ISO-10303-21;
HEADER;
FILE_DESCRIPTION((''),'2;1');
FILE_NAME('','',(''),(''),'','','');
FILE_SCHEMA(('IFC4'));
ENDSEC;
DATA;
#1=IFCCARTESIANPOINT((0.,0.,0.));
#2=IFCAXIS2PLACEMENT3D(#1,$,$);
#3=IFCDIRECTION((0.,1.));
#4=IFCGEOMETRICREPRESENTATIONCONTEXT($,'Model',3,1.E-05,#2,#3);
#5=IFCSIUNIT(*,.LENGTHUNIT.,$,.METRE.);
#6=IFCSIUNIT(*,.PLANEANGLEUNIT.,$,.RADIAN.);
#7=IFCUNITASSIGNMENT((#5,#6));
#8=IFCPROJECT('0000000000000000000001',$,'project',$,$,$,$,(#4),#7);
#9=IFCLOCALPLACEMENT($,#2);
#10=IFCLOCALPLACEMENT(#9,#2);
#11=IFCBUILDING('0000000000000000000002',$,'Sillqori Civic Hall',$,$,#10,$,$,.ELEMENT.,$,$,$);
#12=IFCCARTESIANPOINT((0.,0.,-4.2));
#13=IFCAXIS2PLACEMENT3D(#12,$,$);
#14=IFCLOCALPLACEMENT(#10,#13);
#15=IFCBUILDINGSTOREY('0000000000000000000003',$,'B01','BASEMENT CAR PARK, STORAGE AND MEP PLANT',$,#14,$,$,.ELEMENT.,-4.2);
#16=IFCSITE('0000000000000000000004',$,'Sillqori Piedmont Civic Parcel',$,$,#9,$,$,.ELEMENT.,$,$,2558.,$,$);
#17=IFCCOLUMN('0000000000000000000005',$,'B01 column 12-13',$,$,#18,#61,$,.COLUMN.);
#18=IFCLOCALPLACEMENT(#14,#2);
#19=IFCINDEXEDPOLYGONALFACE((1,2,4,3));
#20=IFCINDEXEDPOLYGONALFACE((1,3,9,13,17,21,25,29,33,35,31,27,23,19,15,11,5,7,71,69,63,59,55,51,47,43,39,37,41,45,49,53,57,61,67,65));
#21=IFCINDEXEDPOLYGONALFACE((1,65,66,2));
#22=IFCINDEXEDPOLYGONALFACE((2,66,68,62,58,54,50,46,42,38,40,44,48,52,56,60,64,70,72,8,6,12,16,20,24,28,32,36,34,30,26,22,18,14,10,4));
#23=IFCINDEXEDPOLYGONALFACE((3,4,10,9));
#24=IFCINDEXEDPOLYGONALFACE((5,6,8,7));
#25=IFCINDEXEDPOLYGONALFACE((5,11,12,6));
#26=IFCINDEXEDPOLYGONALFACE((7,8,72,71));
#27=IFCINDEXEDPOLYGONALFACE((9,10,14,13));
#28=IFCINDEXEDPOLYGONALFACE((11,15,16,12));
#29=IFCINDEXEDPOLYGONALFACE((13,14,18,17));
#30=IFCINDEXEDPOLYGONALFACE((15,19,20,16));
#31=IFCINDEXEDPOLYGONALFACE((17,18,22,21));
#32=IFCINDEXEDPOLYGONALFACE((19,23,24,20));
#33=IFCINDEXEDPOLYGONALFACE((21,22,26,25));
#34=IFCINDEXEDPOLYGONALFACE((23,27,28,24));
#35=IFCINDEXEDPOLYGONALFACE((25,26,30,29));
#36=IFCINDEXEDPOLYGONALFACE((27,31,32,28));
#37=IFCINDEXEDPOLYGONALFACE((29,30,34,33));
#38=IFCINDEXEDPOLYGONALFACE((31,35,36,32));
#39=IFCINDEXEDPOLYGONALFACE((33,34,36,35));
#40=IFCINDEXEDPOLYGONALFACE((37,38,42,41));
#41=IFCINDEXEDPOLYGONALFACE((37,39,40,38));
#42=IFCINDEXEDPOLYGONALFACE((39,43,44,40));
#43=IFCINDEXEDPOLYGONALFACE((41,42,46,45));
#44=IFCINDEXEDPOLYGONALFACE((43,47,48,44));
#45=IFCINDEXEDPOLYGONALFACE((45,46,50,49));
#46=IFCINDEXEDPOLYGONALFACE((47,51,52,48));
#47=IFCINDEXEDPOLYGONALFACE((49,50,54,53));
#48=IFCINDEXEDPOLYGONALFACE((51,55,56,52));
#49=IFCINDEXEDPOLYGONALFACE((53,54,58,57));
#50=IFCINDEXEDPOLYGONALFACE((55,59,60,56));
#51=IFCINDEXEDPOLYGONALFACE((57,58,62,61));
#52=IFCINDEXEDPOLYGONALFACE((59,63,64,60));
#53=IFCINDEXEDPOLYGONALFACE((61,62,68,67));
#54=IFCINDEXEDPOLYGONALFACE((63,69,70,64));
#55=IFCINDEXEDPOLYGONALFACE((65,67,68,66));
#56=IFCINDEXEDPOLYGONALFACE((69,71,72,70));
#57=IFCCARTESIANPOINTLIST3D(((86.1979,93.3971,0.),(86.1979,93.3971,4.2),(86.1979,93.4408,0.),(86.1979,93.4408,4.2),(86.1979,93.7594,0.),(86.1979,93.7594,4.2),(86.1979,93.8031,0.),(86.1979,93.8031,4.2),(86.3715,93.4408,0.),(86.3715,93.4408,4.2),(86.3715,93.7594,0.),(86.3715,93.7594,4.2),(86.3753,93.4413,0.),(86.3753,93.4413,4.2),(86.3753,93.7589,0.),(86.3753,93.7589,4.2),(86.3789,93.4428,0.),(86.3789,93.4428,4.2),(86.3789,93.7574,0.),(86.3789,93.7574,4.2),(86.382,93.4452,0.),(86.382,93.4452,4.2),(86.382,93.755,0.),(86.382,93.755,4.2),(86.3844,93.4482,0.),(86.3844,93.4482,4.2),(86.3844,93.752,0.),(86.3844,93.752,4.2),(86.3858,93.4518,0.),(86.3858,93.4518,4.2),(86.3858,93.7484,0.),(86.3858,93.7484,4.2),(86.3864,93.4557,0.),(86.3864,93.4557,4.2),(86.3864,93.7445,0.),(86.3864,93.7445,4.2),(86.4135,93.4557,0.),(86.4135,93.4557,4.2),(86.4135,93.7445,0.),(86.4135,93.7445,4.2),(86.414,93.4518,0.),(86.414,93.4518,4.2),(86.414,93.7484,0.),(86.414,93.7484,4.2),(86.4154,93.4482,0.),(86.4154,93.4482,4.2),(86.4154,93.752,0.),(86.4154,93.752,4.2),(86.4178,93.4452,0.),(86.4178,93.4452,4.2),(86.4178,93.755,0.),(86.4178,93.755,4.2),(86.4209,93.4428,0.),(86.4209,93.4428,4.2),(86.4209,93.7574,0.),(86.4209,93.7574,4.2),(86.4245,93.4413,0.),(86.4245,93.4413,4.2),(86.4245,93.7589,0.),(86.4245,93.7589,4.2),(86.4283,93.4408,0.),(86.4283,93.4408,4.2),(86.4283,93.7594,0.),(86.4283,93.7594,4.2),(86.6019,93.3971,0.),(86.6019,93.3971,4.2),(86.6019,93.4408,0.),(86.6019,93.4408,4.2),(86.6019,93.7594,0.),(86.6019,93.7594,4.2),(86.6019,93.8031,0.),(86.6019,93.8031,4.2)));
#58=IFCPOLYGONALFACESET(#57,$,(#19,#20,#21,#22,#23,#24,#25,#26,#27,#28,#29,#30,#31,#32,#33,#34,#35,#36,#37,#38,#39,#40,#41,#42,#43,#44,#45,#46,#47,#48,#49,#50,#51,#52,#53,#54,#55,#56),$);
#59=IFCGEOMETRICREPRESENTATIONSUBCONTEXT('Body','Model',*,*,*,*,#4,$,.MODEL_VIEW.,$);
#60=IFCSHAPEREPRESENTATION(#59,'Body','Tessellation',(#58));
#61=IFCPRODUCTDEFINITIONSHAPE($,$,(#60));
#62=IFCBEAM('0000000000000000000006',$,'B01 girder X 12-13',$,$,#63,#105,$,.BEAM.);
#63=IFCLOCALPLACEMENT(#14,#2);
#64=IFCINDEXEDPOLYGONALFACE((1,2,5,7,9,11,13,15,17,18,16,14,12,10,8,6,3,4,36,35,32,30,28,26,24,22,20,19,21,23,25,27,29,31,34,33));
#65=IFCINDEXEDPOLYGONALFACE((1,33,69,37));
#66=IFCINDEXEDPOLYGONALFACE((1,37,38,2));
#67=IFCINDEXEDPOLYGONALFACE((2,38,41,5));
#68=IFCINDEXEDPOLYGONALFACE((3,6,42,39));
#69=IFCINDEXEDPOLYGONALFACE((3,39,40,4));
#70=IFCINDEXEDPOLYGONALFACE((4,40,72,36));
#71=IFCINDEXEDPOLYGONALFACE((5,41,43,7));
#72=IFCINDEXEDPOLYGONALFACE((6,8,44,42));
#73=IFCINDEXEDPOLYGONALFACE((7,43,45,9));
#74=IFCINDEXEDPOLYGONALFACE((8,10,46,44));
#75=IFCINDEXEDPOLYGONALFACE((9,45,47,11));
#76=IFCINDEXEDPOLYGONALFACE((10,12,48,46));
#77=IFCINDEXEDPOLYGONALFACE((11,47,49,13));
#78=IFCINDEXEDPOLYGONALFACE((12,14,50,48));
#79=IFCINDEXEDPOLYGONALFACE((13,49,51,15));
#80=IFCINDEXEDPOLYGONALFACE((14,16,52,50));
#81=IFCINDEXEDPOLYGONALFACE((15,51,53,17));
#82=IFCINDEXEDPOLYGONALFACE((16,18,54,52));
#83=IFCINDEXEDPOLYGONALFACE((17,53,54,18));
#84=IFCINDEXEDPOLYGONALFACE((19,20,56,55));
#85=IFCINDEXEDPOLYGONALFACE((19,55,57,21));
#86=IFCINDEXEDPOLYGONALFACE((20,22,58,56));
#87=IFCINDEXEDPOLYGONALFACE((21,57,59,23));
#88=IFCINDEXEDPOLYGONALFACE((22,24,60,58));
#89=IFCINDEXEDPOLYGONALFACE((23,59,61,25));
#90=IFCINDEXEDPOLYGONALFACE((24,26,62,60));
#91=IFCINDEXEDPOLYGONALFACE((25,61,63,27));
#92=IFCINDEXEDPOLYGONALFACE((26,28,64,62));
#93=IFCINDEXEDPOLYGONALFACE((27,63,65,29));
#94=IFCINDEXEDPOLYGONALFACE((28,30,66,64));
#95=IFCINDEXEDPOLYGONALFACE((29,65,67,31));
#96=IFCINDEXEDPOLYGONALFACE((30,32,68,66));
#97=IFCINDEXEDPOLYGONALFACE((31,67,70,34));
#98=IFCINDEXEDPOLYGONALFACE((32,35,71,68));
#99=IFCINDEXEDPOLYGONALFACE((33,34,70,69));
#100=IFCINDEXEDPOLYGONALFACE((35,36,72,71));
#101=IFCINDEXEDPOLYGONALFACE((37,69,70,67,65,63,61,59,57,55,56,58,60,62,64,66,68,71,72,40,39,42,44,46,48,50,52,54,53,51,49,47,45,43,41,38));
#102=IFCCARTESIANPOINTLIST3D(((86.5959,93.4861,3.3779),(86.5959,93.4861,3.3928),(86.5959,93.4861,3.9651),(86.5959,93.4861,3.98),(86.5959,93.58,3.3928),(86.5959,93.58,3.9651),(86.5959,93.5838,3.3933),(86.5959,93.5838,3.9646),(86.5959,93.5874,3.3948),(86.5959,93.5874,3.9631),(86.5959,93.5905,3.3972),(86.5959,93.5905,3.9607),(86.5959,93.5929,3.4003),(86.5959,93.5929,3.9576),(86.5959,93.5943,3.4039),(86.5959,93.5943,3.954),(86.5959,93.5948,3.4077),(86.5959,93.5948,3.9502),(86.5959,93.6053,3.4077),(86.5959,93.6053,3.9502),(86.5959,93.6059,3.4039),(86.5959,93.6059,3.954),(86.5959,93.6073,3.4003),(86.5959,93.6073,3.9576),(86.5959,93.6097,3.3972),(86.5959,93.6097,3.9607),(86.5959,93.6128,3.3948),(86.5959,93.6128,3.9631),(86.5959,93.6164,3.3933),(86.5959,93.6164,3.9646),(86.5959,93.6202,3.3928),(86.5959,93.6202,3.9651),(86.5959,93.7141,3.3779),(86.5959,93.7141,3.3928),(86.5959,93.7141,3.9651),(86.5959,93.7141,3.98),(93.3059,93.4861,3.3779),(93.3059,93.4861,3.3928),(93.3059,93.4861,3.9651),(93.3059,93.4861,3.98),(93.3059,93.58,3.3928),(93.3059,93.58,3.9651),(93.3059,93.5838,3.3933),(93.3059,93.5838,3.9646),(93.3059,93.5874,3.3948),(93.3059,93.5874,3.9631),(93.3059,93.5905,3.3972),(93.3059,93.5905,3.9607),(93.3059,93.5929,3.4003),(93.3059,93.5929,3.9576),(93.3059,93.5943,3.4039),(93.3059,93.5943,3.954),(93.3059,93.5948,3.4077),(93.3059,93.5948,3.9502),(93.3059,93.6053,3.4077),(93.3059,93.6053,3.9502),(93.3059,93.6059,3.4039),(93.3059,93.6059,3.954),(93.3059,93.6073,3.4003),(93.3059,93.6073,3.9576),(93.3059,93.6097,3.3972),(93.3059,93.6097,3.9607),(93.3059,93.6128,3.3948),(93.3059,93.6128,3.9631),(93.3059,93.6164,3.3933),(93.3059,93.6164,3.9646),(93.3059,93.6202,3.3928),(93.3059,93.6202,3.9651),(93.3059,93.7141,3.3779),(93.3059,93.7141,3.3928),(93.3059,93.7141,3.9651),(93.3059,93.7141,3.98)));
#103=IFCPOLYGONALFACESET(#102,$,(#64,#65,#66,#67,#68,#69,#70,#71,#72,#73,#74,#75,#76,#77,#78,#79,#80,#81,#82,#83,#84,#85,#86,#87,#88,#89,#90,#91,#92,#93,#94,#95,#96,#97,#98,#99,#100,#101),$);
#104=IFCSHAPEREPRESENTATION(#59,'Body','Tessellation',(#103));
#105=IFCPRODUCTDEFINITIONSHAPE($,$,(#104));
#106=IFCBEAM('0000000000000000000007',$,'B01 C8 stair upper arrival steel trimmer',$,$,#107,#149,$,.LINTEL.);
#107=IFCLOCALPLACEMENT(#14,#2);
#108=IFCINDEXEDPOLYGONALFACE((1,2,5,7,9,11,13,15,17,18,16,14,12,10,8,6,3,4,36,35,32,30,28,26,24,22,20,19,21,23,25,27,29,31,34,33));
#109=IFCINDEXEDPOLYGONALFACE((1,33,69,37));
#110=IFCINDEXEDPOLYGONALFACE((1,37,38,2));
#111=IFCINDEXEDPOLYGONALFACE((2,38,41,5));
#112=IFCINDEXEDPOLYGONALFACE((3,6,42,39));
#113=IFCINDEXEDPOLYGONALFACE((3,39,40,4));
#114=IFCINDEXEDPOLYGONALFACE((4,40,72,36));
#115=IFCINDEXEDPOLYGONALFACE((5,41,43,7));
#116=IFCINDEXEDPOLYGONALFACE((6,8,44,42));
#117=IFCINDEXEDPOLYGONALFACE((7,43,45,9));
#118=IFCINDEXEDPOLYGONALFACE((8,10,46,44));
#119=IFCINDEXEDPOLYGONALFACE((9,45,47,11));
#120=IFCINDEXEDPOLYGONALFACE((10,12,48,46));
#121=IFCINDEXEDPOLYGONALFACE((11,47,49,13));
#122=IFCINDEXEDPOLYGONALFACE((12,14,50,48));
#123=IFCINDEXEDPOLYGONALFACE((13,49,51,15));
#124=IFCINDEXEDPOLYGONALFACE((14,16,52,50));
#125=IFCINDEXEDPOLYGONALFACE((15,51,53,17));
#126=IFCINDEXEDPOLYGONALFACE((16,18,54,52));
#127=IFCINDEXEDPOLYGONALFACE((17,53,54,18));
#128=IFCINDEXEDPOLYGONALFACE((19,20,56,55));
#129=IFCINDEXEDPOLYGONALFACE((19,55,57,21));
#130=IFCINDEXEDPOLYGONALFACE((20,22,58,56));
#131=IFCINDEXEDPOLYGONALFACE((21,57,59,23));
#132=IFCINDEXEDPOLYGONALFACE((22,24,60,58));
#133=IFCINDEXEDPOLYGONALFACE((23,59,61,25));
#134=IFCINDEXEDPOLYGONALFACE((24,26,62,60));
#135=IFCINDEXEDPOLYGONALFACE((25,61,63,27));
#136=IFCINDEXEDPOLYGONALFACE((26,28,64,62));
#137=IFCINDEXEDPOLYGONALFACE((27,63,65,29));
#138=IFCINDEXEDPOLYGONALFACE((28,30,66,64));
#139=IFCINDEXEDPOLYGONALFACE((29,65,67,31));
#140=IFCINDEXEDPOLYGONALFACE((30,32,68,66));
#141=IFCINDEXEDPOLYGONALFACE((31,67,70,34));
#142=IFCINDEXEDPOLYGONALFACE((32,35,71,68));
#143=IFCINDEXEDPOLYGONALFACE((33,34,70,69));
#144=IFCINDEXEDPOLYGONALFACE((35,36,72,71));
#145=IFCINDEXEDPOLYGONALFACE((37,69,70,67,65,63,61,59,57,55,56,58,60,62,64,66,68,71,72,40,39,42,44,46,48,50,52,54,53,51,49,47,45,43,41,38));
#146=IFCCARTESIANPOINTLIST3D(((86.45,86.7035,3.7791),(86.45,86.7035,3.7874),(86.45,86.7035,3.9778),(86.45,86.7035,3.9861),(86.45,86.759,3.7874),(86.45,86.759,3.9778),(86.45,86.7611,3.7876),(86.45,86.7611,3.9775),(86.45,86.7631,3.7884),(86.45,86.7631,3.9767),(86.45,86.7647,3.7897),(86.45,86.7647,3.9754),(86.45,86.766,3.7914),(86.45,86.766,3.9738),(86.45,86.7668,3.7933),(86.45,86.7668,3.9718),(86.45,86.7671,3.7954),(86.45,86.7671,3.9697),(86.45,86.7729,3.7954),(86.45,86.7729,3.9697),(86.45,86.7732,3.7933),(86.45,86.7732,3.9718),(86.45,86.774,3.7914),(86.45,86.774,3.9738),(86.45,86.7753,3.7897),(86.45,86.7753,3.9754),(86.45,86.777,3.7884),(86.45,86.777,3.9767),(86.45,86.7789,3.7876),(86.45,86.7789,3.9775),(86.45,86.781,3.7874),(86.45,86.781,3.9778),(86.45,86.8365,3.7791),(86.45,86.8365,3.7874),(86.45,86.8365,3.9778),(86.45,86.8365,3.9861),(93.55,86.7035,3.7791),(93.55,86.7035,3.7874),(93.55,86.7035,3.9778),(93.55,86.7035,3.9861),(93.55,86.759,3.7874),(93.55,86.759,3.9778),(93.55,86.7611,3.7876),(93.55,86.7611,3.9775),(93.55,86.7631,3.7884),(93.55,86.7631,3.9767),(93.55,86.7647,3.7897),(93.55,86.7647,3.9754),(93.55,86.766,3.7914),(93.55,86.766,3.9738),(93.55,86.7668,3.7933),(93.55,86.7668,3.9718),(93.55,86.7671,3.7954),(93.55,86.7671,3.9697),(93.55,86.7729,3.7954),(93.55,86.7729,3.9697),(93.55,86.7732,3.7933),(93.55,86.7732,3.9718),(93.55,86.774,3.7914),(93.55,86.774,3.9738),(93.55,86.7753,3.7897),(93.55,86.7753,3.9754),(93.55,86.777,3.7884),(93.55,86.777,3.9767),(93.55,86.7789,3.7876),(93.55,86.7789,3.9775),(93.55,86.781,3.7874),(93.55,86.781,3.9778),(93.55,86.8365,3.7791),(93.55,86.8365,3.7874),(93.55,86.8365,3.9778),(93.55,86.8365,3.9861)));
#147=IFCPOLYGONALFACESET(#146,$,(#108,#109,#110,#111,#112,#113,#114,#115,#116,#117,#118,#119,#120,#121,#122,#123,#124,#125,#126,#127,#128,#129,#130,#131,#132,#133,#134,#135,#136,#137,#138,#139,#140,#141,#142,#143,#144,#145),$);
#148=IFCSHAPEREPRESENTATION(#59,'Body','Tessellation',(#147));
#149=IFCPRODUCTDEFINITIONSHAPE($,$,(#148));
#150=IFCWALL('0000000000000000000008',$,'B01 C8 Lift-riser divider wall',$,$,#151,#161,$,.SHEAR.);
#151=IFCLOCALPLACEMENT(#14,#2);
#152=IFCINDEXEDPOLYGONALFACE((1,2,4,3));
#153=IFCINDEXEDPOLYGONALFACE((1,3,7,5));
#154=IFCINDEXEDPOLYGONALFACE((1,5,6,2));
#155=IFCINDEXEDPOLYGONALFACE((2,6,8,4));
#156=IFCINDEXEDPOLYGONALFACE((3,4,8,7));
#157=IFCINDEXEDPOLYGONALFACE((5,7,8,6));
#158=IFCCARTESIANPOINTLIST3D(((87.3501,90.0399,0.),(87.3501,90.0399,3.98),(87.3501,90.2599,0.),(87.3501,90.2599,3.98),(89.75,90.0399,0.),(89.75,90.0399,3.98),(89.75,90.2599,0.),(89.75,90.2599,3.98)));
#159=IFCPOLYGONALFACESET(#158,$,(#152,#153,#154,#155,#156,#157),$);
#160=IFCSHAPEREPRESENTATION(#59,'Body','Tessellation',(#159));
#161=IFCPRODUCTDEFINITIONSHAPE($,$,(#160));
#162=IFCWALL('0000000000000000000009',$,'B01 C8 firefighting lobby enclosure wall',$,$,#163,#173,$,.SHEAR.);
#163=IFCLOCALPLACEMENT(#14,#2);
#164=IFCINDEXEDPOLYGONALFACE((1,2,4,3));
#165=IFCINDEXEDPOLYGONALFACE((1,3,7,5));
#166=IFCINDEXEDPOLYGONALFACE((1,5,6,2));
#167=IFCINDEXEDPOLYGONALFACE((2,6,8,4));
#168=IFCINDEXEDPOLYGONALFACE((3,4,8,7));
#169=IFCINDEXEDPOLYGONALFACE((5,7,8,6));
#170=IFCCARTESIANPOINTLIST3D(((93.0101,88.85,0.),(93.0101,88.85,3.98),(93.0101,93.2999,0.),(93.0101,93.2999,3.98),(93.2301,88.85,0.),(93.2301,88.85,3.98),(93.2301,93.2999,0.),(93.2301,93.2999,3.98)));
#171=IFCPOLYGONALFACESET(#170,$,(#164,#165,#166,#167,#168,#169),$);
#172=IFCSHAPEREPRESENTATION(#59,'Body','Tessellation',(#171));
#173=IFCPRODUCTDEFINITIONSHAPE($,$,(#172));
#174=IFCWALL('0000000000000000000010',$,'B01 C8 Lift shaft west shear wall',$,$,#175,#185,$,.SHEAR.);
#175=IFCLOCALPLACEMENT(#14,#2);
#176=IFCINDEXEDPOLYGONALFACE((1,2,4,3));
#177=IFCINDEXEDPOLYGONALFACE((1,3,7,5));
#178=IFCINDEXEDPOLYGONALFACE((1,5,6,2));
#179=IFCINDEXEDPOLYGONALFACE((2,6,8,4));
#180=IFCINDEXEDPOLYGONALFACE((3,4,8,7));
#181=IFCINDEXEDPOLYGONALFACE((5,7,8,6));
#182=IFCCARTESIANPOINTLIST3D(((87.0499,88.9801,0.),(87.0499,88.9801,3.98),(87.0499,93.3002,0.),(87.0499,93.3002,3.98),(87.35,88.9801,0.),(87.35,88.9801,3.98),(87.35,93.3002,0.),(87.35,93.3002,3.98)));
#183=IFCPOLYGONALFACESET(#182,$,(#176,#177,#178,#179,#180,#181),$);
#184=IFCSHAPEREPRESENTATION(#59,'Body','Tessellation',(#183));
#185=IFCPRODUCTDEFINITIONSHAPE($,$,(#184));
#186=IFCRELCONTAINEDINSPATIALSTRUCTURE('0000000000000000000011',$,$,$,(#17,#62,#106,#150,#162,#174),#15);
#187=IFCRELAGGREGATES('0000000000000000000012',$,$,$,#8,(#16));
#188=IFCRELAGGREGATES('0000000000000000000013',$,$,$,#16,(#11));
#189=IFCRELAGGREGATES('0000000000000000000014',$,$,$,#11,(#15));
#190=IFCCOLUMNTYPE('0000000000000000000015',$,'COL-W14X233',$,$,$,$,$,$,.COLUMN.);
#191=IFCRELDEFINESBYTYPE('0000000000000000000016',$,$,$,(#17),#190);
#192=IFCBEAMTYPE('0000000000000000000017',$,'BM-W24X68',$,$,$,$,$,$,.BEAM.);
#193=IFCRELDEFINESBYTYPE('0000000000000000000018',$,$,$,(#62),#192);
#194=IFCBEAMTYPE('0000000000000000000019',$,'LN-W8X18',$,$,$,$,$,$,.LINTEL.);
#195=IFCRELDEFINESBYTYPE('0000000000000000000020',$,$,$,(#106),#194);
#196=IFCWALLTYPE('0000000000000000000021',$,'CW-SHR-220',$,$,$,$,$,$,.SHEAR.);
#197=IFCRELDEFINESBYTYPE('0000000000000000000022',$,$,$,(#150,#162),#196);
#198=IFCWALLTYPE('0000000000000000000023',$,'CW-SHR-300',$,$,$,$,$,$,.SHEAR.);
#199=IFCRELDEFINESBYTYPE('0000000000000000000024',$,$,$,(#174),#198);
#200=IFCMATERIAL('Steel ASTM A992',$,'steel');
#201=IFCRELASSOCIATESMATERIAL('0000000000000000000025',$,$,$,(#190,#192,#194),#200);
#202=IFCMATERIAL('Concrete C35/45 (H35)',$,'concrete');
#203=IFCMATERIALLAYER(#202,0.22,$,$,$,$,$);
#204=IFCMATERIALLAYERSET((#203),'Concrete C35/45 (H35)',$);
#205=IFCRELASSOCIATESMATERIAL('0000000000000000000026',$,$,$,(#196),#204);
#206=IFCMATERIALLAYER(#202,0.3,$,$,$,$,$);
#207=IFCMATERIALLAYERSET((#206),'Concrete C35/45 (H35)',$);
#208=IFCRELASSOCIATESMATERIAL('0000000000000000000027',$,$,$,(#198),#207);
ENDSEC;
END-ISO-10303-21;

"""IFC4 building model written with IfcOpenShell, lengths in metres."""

from ifc_helpers import new_model, si_unit, direction, frame, frame_2d, origin, origin_2d, place, context, subcontext, project, spatial, rectangle, i_section, extrude, material, layer, layer_set, material_profile, profile_set, type_object, element, save


model = new_model("IFC4")

# Units and contexts
model_context = context("Model", 3, precision=1e-05, world=origin(), true_north=direction((0.0, 1.0)))
body_context = subcontext(model_context, "Body", "Model", "MODEL_VIEW")
ifc_project = project(units=[si_unit("LENGTHUNIT", "METRE"), si_unit("PLANEANGLEUNIT", "RADIAN")], contexts=[model_context])

# Site, building, storey
site_placement = place(None, origin())
site = spatial("IfcSite", under=ifc_project, at=site_placement, Name="Sillqori Piedmont Civic Parcel", CompositionType="ELEMENT", RefElevation=2558.0)
building_placement = place(site_placement, origin())
building = spatial("IfcBuilding", under=site, at=building_placement, Name="Sillqori Civic Hall", CompositionType="ELEMENT")
storey_placement = place(building_placement, frame((0.0, 0.0, -4.2)))
storey = spatial("IfcBuildingStorey", under=building, at=storey_placement, Name="B01", Description="BASEMENT CAR PARK, STORAGE AND MEP PLANT", CompositionType="ELEMENT", Elevation=-4.2)

# Shared definitions
ifc_material_1 = material(Name="Concrete C35/45 (H35)", Category="concrete")

# Column
ifc_material_2 = material(Name="Steel ASTM A992", Category="steel")
ifc_material_profile_1 = material_profile(ifc_material_2, i_section(OverallWidth=0.4041, OverallDepth=0.406, WebThickness=0.0271, FlangeThickness=0.0437, FilletRadius=0.0149, at=origin_2d()), Name="W14X233")
ifc_profile_set_1 = profile_set([ifc_material_profile_1], Name="Steel ASTM A992")
column_type = type_object("IfcColumnType", Name="COL-W14X233", PredefinedType="COLUMN", material=ifc_profile_set_1)
column_placement = place(storey_placement, frame((86.3999, 93.6001, 0.0), z_axis=(0.0, 0.0, 1.0), x_axis=(1.0, 0.0, 0.0)))
element("IfcColumn", 1, at=column_placement, inside=storey, type_object=column_type, Name="B01 column 12-13", PredefinedType="COLUMN", context=body_context, shape_type="SweptSolid", body=[
    extrude(i_section(OverallWidth=0.4041, OverallDepth=0.406, WebThickness=0.0271, FlangeThickness=0.0437, FilletRadius=0.0149, at=origin_2d()), origin(), (0.0, 0.0, 1.0), 4.2),
])

# Beams
ifc_material_profile_2 = material_profile(ifc_material_2, i_section(OverallWidth=0.228, OverallDepth=0.6021, WebThickness=0.0105, FlangeThickness=0.0149, FilletRadius=0.0149, at=origin_2d()), Name="W24X68")
ifc_profile_set_2 = profile_set([ifc_material_profile_2], Name="Steel ASTM A992")
beam_type_1 = type_object("IfcBeamType", Name="BM-W24X68", PredefinedType="BEAM", material=ifc_profile_set_2)
beam_1_placement = place(storey_placement, frame((86.5959, 93.6001, 3.679), z_axis=(1.0, 0.0, 0.0), x_axis=(0.0, 1.0, 0.0)))
element("IfcBeam", 2, at=beam_1_placement, inside=storey, type_object=beam_type_1, Name="B01 girder X 12-13", PredefinedType="BEAM", context=body_context, shape_type="SweptSolid", body=[
    extrude(i_section(OverallWidth=0.228, OverallDepth=0.6021, WebThickness=0.0105, FlangeThickness=0.0149, FilletRadius=0.0149, at=origin_2d()), origin(), (0.0, 0.0, 1.0), 6.71),
])
ifc_material_profile_3 = material_profile(ifc_material_2, i_section(OverallWidth=0.1331, OverallDepth=0.207, WebThickness=0.0059, FlangeThickness=0.0083, FilletRadius=0.0081, at=origin_2d()), Name="W8X18")
ifc_profile_set_3 = profile_set([ifc_material_profile_3], Name="Steel ASTM A992")
beam_type_2 = type_object("IfcBeamType", Name="LN-W8X18", PredefinedType="LINTEL", material=ifc_profile_set_3)
beam_2_placement = place(storey_placement, frame((86.45, 86.77, 3.8826), z_axis=(1.0, 0.0, 0.0), x_axis=(0.0, 1.0, 0.0)))
element("IfcBeam", 3, at=beam_2_placement, inside=storey, type_object=beam_type_2, Name="B01 C8 stair upper arrival steel trimmer", PredefinedType="LINTEL", context=body_context, shape_type="SweptSolid", body=[
    extrude(i_section(OverallWidth=0.1331, OverallDepth=0.207, WebThickness=0.0059, FlangeThickness=0.0083, FilletRadius=0.0081, at=origin_2d()), origin(), (0.0, 0.0, 1.0), 7.1001),
])

# Walls
ifc_layer_1 = layer(ifc_material_1, 0.22)
ifc_layer_set_1 = layer_set([ifc_layer_1], Name="Concrete C35/45 (H35)")
wall_type_1 = type_object("IfcWallType", Name="CW-SHR-220", PredefinedType="SHEAR", material=ifc_layer_set_1)
wall_1_placement = place(storey_placement, frame((87.3501, 90.1499, 0.0), z_axis=(0.0, 0.0, 1.0), x_axis=(1.0, 0.0, 0.0)))
element("IfcWall", 4, at=wall_1_placement, inside=storey, type_object=wall_type_1, Name="B01 C8 Lift-riser divider wall", PredefinedType="SHEAR", context=body_context, shape_type="SweptSolid", body=[
    extrude(rectangle(XDim=2.3999, YDim=0.22, at=frame_2d((1.2, 0.0))), origin(), (0.0, 0.0, 1.0), 3.98),
])
wall_2_placement = place(storey_placement, frame((93.1201, 93.3, 0.0), z_axis=(0.0, 0.0, 1.0), x_axis=(0.0, -1.0, 0.0)))
element("IfcWall", 5, at=wall_2_placement, inside=storey, type_object=wall_type_1, Name="B01 C8 firefighting lobby enclosure wall", PredefinedType="SHEAR", context=body_context, shape_type="SweptSolid", body=[
    extrude(rectangle(XDim=4.45, YDim=0.22, at=frame_2d((2.2251, 0.0))), origin(), (0.0, 0.0, 1.0), 3.98),
])

# Wall
ifc_layer_2 = layer(ifc_material_1, 0.3)
ifc_layer_set_2 = layer_set([ifc_layer_2], Name="Concrete C35/45 (H35)")
wall_type_2 = type_object("IfcWallType", Name="CW-SHR-300", PredefinedType="SHEAR", material=ifc_layer_set_2)
wall_3_placement = place(storey_placement, frame((87.2, 88.98, 0.0), z_axis=(0.0, 0.0, 1.0), x_axis=(0.0, 1.0, 0.0)))
element("IfcWall", 6, at=wall_3_placement, inside=storey, type_object=wall_type_2, Name="B01 C8 Lift shaft west shear wall", PredefinedType="SHEAR", context=body_context, shape_type="SweptSolid", body=[
    extrude(rectangle(XDim=4.3201, YDim=0.3, at=frame_2d((2.1602, 0.0))), origin(), (0.0, 0.0, 1.0), 3.98),
])

save(model, "model.ifc")
